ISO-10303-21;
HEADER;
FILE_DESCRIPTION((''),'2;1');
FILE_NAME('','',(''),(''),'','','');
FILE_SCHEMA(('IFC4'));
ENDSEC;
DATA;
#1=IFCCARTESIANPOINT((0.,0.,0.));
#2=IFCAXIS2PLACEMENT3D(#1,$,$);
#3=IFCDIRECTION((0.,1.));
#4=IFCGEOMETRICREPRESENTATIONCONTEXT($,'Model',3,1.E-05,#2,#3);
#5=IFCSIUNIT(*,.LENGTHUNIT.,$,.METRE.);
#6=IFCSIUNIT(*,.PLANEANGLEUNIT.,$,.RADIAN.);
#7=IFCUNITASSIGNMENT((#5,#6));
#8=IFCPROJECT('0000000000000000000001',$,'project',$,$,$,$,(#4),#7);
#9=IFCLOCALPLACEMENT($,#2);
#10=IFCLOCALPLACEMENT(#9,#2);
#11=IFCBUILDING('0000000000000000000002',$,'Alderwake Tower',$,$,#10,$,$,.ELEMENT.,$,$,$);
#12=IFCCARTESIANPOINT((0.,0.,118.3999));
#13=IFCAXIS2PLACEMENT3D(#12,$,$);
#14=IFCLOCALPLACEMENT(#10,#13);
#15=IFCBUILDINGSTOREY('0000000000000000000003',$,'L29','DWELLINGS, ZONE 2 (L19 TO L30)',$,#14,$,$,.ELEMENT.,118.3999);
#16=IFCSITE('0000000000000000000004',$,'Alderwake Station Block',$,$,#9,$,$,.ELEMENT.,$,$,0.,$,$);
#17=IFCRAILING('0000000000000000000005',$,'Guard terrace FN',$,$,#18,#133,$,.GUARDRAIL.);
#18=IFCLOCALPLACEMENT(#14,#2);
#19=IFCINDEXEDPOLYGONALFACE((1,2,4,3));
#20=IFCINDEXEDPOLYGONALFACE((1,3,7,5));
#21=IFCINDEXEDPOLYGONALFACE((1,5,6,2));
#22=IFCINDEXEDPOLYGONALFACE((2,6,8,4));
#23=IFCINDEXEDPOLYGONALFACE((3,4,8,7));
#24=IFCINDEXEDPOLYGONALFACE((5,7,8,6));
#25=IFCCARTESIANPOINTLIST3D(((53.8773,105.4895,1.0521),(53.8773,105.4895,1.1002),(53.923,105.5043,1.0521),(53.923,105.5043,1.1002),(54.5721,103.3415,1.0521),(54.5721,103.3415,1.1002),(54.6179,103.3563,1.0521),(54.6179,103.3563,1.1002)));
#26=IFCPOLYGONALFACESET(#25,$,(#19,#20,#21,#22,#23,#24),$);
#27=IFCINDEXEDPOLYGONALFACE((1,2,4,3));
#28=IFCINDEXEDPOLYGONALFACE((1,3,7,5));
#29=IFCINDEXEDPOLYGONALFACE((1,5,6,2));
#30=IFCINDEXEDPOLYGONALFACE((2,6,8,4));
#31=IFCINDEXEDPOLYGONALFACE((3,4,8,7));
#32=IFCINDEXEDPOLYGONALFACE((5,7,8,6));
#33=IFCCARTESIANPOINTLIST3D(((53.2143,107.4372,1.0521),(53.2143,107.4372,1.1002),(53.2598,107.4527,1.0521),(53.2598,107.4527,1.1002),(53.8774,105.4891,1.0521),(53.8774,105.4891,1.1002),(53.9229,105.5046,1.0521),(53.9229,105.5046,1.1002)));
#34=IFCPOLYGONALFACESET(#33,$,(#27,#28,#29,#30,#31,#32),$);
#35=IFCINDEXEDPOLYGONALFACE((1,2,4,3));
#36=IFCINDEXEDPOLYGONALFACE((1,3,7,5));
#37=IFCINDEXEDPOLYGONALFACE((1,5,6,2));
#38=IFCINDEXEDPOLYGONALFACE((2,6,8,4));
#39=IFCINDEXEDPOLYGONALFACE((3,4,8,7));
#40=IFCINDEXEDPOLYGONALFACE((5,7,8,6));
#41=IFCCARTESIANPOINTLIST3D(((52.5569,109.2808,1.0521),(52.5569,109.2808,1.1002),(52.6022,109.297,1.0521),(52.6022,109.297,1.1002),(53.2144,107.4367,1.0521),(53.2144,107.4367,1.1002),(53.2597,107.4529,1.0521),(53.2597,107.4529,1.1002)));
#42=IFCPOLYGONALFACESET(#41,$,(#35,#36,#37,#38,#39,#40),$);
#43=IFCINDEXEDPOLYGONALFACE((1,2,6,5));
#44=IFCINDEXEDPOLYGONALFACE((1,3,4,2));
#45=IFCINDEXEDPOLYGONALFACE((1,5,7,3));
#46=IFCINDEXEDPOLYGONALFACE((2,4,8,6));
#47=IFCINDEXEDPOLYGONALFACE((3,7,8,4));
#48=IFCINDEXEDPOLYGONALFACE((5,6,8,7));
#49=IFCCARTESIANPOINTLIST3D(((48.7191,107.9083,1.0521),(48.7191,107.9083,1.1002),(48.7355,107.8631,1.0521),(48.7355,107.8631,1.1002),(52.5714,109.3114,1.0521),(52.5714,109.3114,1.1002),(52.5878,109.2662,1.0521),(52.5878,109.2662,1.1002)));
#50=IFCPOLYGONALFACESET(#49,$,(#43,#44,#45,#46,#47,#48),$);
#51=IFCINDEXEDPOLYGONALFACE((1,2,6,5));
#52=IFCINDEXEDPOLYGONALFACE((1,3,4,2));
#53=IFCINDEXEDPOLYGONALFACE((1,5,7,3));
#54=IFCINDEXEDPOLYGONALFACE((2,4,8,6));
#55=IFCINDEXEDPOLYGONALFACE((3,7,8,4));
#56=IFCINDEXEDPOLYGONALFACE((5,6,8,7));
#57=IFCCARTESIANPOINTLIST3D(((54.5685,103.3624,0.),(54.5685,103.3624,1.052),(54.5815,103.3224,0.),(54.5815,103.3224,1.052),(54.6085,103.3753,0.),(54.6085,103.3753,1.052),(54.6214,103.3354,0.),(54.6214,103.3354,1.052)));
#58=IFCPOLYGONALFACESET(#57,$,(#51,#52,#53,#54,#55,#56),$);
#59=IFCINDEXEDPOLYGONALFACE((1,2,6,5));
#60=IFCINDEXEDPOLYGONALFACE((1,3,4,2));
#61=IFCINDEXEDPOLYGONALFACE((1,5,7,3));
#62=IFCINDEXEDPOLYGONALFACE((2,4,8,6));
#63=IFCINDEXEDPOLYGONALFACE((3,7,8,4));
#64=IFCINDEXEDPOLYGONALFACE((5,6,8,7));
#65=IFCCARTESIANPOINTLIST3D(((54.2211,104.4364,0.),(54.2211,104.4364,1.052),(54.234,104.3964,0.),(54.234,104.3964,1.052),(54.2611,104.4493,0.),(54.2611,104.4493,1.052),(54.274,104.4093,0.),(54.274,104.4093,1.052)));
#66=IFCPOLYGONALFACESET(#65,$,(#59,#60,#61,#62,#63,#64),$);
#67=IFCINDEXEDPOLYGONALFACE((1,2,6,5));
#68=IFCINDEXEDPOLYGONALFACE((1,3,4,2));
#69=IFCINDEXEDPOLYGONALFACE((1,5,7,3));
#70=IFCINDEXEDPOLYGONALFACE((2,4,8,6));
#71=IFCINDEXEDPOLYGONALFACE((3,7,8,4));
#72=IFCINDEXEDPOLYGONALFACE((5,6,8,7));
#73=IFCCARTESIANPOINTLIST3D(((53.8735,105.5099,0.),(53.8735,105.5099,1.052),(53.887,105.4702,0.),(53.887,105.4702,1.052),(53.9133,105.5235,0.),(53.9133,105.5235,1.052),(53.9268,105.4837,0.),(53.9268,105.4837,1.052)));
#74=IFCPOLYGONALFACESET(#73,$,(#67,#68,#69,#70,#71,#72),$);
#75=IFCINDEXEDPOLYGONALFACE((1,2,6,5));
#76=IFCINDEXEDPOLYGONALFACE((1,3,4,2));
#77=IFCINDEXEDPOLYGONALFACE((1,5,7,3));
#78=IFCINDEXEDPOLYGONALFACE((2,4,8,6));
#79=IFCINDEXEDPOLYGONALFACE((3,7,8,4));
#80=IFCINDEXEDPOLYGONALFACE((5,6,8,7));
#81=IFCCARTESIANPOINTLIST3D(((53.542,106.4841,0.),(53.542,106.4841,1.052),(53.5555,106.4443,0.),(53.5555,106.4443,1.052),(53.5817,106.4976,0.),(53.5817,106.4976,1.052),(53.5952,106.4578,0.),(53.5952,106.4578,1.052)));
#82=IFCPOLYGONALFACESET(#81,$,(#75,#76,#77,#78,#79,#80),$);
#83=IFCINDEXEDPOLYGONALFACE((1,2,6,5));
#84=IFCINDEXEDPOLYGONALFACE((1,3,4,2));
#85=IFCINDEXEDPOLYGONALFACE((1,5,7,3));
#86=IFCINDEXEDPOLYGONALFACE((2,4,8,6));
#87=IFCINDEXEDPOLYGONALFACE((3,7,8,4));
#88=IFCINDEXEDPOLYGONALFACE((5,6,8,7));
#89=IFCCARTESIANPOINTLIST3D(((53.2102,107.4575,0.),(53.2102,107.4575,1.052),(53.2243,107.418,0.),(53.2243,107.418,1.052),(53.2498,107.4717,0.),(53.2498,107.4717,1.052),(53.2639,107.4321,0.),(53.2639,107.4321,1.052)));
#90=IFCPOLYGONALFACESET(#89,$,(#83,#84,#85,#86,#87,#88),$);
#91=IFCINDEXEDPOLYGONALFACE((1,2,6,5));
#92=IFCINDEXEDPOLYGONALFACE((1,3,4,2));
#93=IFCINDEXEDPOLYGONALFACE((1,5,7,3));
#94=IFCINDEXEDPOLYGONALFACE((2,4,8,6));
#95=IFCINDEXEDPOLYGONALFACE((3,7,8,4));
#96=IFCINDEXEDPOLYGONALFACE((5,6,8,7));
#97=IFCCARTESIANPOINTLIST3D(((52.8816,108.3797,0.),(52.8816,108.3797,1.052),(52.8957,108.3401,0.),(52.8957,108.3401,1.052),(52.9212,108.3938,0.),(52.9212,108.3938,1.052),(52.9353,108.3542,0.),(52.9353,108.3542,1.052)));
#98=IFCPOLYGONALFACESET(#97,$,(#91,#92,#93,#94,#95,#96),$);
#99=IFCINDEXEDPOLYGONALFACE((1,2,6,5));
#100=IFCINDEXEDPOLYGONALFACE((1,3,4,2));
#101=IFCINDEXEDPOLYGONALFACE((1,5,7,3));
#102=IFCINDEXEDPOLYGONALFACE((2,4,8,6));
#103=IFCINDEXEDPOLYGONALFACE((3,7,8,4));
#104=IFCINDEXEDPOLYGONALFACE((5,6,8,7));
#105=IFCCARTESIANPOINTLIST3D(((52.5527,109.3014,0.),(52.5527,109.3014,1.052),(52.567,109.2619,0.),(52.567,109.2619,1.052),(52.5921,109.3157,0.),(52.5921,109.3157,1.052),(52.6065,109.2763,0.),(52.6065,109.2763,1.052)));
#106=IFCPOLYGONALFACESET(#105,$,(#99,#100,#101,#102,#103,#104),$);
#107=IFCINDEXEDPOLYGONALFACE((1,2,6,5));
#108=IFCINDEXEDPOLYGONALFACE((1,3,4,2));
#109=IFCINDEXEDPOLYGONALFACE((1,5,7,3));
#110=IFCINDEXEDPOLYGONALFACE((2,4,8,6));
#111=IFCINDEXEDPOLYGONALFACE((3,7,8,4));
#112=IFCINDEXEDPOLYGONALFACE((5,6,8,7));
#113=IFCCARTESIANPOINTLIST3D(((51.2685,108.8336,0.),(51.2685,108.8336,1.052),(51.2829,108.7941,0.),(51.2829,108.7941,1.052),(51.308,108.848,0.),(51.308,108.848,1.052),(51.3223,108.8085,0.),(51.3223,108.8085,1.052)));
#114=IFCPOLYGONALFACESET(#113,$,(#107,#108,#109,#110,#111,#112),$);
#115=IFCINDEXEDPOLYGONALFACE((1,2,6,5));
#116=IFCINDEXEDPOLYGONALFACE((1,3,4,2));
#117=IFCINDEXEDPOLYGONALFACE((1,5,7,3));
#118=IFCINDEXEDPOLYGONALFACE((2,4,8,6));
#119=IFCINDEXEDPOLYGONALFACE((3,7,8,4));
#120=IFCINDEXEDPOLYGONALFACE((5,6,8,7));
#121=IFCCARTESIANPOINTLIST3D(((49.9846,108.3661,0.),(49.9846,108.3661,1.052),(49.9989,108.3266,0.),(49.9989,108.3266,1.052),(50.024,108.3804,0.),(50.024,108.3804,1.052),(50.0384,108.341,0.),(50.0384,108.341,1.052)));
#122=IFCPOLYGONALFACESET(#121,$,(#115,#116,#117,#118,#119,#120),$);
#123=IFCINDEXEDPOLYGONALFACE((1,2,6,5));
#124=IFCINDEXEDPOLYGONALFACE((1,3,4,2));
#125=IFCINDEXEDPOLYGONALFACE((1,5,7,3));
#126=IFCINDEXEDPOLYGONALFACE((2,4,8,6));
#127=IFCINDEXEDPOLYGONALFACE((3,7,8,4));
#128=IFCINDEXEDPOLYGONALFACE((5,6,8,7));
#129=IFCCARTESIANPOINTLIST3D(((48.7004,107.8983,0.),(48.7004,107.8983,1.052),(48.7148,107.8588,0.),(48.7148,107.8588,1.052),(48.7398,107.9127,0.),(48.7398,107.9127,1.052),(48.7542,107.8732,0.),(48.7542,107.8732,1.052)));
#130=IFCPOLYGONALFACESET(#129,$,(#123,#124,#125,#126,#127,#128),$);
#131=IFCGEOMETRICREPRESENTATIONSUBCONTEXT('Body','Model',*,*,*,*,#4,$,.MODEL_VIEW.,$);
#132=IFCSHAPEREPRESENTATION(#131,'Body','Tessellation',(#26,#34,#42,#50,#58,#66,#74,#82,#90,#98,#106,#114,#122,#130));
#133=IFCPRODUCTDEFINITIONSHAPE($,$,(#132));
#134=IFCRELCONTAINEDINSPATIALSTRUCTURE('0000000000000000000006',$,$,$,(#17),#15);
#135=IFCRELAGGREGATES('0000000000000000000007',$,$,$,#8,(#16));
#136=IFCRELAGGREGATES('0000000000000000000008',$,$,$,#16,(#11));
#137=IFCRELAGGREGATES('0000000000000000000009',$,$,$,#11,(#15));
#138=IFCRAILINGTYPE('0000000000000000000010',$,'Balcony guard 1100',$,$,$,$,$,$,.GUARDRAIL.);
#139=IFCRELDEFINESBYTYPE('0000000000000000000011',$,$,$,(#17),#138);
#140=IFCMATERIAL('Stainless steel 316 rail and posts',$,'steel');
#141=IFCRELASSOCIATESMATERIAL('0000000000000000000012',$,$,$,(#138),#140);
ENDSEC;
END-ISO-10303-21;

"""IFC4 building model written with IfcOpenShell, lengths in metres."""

from ifc_helpers import new_model, si_unit, direction, frame, origin, origin_2d, place, context, subcontext, project, spatial, rectangle, extrude, material, type_object, element, save


model = new_model("IFC4")

# Units and contexts
model_context = context("Model", 3, precision=1e-05, world=origin(), true_north=direction((0.0, 1.0)))
body_context = subcontext(model_context, "Body", "Model", "MODEL_VIEW")
ifc_project = project(units=[si_unit("LENGTHUNIT", "METRE"), si_unit("PLANEANGLEUNIT", "RADIAN")], contexts=[model_context])

# Site, building, storey
site_placement = place(None, origin())
site = spatial("IfcSite", under=ifc_project, at=site_placement, Name="Alderwake Station Block", CompositionType="ELEMENT", RefElevation=0.0)
building_placement = place(site_placement, origin())
building = spatial("IfcBuilding", under=site, at=building_placement, Name="Alderwake Tower", CompositionType="ELEMENT")
storey_placement = place(building_placement, frame((0.0, 0.0, 118.3999)))
storey = spatial("IfcBuildingStorey", under=building, at=storey_placement, Name="L29", Description="DWELLINGS, ZONE 2 (L19 TO L30)", CompositionType="ELEMENT", Elevation=118.3999)

# Railing
ifc_material_1 = material(Name="Stainless steel 316 rail and posts", Category="steel")
railing_type = type_object("IfcRailingType", Name="Balcony guard 1100", PredefinedType="GUARDRAIL", material=ifc_material_1)
railing_placement = place(storey_placement, frame((54.595, 103.3489, 0.0)))
element("IfcRailing", 1, at=railing_placement, inside=storey, type_object=railing_type, Name="Guard terrace FN", PredefinedType="GUARDRAIL", context=body_context, shape_type="SweptSolid", body=[
    extrude(rectangle(XDim=0.0481, YDim=0.0481, at=origin_2d()), frame((0.0, 0.0, 1.0762), z_axis=(-0.30778, 0.951458, 0.0), x_axis=(-0.951458, -0.30778, 0.0)), (0.0, 0.0, 1.0), 2.2576),
    extrude(rectangle(XDim=0.0481, YDim=0.0481, at=origin_2d()), frame((-0.6948, 2.1479, 1.0762), z_axis=(-0.322237, 0.946659, 0.0), x_axis=(-0.946659, -0.322237, 0.0)), (0.0, 0.0, 1.0), 2.0579),
    extrude(rectangle(XDim=0.0481, YDim=0.0481, at=origin_2d()), frame((-1.3579, 4.0959, 1.0762), z_axis=(-0.335839, 0.94192, 0.0), x_axis=(-0.94192, -0.335839, 0.0)), (0.0, 0.0, 1.0), 1.9578),
    extrude(rectangle(XDim=0.0481, YDim=0.0481, at=origin_2d()), frame((-2.0154, 5.9399, 1.0762), z_axis=(-0.939618, -0.342226, 0.0), x_axis=(0.342226, -0.939618, 0.0)), (0.0, 0.0, 1.0), 4.0999),
    extrude(rectangle(XDim=0.042, YDim=0.042, at=origin_2d()), frame((0.0, 0.0, 0.0), z_axis=(0.0, 0.0, 1.0), x_axis=(-0.30778, 0.951458, 0.0)), (0.0, 0.0, 1.0), 1.052),
    extrude(rectangle(XDim=0.042, YDim=0.042, at=origin_2d()), frame((-0.3474, 1.074, 0.0), z_axis=(0.0, 0.0, 1.0), x_axis=(-0.30778, 0.951458, 0.0)), (0.0, 0.0, 1.0), 1.052),
    extrude(rectangle(XDim=0.042, YDim=0.042, at=origin_2d()), frame((-0.6948, 2.1479, 0.0), z_axis=(0.0, 0.0, 1.0), x_axis=(-0.322237, 0.946659, 0.0)), (0.0, 0.0, 1.0), 1.052),
    extrude(rectangle(XDim=0.042, YDim=0.042, at=origin_2d()), frame((-1.0264, 3.1221, 0.0), z_axis=(0.0, 0.0, 1.0), x_axis=(-0.322237, 0.946659, 0.0)), (0.0, 0.0, 1.0), 1.052),
    extrude(rectangle(XDim=0.042, YDim=0.042, at=origin_2d()), frame((-1.3579, 4.0959, 0.0), z_axis=(0.0, 0.0, 1.0), x_axis=(-0.335839, 0.94192, 0.0)), (0.0, 0.0, 1.0), 1.052),
    extrude(rectangle(XDim=0.042, YDim=0.042, at=origin_2d()), frame((-1.6865, 5.0181, 0.0), z_axis=(0.0, 0.0, 1.0), x_axis=(-0.335839, 0.94192, 0.0)), (0.0, 0.0, 1.0), 1.052),
    extrude(rectangle(XDim=0.042, YDim=0.042, at=origin_2d()), frame((-2.0154, 5.9399, 0.0), z_axis=(0.0, 0.0, 1.0), x_axis=(-0.939618, -0.342226, 0.0)), (0.0, 0.0, 1.0), 1.052),
    extrude(rectangle(XDim=0.042, YDim=0.042, at=origin_2d()), frame((-3.2996, 5.4722, 0.0), z_axis=(0.0, 0.0, 1.0), x_axis=(-0.939618, -0.342226, 0.0)), (0.0, 0.0, 1.0), 1.052),
    extrude(rectangle(XDim=0.042, YDim=0.042, at=origin_2d()), frame((-4.5835, 5.0046, 0.0), z_axis=(0.0, 0.0, 1.0), x_axis=(-0.939618, -0.342226, 0.0)), (0.0, 0.0, 1.0), 1.052),
    extrude(rectangle(XDim=0.042, YDim=0.042, at=origin_2d()), frame((-5.8677, 4.5369, 0.0), z_axis=(0.0, 0.0, 1.0), x_axis=(-0.939618, -0.342226, 0.0)), (0.0, 0.0, 1.0), 1.052),
])

save(model, "model.ifc")
